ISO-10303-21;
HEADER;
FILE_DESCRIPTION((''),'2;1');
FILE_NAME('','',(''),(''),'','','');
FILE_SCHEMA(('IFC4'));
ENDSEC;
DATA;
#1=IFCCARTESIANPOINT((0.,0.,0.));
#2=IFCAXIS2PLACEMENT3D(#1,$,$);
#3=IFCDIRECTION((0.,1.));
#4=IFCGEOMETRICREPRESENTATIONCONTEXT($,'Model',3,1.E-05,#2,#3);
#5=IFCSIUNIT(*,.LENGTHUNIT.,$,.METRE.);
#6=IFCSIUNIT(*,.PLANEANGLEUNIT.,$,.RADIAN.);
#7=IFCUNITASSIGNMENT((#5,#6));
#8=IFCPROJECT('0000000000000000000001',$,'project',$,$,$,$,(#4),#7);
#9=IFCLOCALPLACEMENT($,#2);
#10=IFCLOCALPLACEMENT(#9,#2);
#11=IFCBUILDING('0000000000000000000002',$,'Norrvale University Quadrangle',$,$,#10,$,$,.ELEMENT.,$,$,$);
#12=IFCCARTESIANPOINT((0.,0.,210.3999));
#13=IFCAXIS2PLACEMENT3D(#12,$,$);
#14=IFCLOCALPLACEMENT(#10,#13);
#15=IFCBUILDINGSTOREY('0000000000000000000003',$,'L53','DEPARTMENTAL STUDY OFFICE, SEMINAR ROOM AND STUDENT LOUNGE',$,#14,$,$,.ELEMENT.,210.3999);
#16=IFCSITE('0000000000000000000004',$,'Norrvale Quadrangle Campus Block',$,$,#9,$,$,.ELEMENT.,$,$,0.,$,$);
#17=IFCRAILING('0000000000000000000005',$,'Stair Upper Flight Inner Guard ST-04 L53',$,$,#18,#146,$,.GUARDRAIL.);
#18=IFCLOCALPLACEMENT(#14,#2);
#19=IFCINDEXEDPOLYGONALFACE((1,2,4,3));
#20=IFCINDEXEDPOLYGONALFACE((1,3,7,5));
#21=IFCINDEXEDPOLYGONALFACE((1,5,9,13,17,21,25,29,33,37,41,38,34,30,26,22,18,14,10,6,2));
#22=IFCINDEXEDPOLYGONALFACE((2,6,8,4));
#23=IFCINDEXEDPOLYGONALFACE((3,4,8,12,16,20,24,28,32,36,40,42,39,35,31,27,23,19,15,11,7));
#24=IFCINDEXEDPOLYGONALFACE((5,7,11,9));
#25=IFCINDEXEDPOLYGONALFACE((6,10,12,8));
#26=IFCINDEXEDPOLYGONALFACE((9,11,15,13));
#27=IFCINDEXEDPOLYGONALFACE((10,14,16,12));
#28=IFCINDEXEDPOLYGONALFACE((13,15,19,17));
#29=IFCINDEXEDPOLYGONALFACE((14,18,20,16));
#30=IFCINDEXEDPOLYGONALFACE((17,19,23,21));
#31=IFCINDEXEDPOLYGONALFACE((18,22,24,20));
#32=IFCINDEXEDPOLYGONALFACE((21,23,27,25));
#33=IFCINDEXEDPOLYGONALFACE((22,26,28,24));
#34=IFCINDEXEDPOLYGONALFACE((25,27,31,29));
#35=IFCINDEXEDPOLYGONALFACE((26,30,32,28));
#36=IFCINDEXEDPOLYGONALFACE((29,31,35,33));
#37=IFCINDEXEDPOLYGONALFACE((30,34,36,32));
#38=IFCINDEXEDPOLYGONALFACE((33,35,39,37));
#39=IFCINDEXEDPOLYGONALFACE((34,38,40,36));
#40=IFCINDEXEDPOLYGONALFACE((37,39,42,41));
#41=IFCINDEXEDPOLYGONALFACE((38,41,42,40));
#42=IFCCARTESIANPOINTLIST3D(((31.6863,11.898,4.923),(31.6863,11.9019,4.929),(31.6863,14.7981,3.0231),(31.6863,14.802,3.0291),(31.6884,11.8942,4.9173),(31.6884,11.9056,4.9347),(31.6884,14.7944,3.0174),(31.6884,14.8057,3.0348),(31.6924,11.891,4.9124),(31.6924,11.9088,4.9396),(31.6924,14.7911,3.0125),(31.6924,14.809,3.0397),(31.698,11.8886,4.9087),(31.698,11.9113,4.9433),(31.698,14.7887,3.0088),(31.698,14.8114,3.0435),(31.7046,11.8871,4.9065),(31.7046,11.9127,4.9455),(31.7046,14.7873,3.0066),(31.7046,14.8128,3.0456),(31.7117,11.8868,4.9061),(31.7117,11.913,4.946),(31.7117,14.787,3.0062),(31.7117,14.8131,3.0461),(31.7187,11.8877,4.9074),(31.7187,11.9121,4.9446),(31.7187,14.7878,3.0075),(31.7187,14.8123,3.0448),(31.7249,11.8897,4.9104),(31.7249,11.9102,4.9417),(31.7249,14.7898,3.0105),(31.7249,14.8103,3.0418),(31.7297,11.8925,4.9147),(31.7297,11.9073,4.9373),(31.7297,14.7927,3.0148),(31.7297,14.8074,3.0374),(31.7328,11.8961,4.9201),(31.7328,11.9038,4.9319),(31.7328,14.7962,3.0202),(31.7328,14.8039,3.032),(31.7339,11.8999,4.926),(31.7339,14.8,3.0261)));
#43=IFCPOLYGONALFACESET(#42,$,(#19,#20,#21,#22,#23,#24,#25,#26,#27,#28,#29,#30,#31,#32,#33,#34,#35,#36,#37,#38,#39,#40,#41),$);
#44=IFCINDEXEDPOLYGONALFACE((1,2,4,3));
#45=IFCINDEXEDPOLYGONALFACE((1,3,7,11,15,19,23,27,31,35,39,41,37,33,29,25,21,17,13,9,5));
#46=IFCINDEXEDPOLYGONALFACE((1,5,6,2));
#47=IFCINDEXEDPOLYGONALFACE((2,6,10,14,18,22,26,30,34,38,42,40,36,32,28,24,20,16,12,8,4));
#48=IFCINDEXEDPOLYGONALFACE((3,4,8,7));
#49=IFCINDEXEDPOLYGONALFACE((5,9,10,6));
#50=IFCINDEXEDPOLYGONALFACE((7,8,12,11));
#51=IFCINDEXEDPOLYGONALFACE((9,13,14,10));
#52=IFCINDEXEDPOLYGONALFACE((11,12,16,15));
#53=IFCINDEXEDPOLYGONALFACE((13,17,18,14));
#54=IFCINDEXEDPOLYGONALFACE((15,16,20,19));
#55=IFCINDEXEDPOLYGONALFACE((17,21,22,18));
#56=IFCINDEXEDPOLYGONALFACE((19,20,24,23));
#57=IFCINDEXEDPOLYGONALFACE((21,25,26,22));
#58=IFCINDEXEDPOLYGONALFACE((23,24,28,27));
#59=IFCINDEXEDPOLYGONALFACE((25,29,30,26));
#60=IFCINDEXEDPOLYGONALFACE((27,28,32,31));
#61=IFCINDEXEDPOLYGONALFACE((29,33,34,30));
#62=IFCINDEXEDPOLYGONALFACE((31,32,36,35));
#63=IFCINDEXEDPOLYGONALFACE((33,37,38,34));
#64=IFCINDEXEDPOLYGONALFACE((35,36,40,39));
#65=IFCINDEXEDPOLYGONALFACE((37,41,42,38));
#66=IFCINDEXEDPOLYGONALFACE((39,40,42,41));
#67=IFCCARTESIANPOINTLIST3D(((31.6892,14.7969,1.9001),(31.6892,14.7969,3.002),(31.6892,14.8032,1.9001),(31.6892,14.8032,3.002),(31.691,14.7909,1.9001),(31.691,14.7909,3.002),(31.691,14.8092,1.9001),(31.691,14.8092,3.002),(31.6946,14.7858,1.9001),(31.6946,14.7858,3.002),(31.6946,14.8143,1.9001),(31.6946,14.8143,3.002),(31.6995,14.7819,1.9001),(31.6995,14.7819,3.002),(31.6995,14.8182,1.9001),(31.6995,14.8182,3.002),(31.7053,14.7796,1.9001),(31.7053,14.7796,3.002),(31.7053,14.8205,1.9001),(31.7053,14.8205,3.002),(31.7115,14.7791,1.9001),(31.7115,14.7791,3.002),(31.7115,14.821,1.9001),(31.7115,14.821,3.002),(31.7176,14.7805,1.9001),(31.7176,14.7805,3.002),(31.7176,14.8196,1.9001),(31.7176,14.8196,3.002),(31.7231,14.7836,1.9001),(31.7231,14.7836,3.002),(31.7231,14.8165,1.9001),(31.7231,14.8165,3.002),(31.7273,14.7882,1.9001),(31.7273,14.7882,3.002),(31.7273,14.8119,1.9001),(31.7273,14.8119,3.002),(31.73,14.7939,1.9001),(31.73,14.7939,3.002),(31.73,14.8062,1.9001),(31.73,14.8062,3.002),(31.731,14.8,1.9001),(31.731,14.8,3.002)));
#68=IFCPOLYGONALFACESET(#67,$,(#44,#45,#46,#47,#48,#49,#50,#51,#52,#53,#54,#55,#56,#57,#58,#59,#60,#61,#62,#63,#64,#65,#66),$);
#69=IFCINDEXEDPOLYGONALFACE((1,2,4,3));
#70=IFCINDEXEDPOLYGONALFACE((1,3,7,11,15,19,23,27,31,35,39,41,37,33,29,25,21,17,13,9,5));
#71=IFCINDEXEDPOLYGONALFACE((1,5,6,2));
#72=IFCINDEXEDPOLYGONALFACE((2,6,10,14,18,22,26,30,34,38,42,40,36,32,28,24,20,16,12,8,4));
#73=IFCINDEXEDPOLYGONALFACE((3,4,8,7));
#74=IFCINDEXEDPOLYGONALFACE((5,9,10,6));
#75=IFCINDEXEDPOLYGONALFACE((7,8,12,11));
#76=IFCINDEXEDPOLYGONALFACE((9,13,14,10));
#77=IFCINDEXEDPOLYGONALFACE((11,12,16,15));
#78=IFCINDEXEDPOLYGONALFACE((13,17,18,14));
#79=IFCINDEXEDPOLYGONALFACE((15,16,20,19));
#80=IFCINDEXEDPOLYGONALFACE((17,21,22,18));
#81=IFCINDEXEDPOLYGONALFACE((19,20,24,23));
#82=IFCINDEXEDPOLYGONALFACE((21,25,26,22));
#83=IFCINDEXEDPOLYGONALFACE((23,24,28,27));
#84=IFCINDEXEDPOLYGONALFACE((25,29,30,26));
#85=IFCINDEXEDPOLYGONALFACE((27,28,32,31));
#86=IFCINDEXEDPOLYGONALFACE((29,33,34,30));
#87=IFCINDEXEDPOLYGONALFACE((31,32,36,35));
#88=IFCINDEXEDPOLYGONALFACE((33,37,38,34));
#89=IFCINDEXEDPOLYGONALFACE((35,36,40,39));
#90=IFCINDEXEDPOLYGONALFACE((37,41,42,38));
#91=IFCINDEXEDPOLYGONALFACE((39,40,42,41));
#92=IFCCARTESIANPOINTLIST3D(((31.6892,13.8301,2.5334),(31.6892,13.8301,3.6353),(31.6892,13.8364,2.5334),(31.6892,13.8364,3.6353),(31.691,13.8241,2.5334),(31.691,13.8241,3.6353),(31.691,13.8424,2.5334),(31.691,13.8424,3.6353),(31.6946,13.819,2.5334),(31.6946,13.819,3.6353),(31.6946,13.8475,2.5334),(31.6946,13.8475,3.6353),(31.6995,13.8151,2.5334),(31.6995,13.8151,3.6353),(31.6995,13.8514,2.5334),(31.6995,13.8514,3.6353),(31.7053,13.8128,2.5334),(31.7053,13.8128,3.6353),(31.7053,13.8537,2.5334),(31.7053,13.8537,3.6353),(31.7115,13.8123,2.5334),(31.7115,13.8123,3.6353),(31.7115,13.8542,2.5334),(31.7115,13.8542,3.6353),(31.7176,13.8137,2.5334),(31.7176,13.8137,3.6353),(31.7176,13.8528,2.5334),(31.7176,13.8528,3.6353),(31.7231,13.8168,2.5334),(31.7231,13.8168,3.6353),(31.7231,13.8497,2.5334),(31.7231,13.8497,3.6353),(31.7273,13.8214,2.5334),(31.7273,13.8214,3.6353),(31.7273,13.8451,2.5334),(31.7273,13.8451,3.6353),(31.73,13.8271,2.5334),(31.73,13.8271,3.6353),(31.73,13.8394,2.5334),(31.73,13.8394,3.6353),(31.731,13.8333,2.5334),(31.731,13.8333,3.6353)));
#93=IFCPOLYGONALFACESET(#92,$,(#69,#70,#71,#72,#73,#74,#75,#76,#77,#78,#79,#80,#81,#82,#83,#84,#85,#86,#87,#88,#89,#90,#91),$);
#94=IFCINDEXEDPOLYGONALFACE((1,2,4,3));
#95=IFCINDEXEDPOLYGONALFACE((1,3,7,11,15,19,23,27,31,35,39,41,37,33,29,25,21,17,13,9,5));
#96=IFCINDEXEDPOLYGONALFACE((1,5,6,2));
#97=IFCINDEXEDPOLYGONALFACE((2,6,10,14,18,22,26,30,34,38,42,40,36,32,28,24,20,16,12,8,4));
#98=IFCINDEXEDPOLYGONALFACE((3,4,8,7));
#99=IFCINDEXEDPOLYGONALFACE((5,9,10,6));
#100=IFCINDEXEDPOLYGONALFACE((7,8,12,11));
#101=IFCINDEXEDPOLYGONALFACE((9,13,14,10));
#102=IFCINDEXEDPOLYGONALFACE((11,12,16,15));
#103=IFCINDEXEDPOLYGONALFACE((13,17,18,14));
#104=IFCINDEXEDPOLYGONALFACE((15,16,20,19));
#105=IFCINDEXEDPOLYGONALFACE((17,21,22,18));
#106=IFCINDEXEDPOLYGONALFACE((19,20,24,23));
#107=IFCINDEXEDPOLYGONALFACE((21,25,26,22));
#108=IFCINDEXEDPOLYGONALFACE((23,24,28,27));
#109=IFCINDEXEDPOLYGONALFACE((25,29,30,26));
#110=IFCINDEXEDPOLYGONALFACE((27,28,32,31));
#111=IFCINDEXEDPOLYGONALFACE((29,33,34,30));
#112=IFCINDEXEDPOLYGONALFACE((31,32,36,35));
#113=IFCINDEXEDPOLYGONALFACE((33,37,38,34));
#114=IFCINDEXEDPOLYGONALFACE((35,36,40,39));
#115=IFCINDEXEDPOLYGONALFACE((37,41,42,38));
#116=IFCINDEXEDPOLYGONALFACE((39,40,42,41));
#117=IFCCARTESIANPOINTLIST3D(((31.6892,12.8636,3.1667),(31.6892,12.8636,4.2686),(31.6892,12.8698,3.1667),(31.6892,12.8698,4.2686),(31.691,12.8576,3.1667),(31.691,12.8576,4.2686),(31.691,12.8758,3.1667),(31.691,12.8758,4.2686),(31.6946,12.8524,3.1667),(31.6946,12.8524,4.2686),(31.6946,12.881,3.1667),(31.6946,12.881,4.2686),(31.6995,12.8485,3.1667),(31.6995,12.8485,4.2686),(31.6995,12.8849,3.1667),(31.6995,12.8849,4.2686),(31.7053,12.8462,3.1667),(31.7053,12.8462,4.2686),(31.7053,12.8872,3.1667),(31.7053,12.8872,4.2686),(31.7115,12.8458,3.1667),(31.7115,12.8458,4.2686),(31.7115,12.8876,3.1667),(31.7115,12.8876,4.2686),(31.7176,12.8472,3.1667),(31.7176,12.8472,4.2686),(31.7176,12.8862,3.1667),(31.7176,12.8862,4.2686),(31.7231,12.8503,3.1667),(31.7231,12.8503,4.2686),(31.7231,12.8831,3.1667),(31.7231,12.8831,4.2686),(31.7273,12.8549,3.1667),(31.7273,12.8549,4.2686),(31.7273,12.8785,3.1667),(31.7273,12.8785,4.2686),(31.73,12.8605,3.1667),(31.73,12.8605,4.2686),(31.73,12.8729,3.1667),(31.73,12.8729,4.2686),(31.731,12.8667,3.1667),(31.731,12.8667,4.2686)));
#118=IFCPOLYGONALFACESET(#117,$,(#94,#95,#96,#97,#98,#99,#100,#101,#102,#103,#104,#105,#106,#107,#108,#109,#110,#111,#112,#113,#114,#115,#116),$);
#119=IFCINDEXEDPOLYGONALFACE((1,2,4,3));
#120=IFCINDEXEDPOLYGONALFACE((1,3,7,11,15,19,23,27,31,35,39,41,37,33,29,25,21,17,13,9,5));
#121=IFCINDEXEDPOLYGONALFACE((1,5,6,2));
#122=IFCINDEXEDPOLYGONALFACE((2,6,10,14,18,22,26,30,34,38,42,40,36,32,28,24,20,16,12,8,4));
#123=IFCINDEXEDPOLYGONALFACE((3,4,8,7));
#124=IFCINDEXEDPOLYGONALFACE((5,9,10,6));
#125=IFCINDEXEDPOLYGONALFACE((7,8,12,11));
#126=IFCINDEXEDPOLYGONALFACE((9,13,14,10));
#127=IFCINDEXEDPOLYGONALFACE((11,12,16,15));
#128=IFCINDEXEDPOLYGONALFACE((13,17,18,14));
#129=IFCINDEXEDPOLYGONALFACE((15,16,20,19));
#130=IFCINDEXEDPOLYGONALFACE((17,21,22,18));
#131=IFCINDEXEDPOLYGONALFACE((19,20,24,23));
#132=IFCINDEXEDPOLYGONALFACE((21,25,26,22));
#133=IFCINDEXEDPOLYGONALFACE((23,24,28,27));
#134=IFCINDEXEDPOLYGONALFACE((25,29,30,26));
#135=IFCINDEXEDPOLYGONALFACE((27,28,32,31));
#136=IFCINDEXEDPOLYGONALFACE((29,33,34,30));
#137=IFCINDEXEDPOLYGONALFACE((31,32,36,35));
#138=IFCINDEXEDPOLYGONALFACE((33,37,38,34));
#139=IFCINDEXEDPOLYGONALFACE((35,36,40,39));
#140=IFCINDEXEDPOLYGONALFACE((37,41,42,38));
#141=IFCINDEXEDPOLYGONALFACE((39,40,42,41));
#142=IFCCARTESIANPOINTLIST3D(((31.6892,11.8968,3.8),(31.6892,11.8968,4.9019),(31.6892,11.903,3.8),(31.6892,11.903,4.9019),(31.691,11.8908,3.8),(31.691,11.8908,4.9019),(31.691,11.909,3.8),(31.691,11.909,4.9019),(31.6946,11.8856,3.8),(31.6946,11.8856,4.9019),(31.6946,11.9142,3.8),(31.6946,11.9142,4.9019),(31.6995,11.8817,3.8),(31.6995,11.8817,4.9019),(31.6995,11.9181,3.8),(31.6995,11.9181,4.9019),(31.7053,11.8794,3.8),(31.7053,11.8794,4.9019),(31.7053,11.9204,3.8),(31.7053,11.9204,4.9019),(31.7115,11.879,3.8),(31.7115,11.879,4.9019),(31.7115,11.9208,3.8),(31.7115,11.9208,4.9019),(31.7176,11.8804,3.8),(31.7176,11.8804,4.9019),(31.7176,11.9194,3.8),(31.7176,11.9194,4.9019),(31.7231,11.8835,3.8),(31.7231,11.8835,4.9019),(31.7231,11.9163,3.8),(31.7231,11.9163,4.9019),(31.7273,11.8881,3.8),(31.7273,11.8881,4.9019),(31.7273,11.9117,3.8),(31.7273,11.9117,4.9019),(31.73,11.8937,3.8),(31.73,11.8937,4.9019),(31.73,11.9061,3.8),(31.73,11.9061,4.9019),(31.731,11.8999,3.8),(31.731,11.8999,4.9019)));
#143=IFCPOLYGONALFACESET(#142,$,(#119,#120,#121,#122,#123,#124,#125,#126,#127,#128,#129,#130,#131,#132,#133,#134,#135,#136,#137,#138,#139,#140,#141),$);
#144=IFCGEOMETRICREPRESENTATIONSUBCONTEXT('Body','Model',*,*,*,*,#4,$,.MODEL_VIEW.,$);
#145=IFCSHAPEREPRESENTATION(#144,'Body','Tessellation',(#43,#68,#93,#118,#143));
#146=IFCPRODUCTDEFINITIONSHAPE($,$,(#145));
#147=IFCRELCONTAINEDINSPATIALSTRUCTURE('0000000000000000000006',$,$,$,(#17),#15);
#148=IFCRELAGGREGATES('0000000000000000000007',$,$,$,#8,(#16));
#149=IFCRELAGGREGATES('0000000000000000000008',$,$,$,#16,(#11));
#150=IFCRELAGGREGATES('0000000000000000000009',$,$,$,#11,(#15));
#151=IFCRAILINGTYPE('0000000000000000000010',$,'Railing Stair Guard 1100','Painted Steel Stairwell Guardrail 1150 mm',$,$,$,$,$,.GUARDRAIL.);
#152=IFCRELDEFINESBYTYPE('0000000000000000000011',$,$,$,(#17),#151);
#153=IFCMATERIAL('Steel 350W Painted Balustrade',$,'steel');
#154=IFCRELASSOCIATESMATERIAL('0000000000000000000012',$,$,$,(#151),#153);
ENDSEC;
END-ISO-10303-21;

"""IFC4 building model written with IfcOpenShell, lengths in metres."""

from ifc_helpers import new_model, si_unit, direction, frame, origin, origin_2d, place, context, subcontext, project, spatial, circle, extrude, material, type_object, element, save


model = new_model("IFC4")

# Units and contexts
model_context = context("Model", 3, precision=1e-05, world=origin(), true_north=direction((0.0, 1.0)))
body_context = subcontext(model_context, "Body", "Model", "MODEL_VIEW")
ifc_project = project(units=[si_unit("LENGTHUNIT", "METRE"), si_unit("PLANEANGLEUNIT", "RADIAN")], contexts=[model_context])

# Site, building, storey
site_placement = place(None, origin())
site = spatial("IfcSite", under=ifc_project, at=site_placement, Name="Norrvale Quadrangle Campus Block", CompositionType="ELEMENT", RefElevation=0.0)
building_placement = place(site_placement, origin())
building = spatial("IfcBuilding", under=site, at=building_placement, Name="Norrvale University Quadrangle", CompositionType="ELEMENT")
storey_placement = place(building_placement, frame((0.0, 0.0, 210.3999)))
storey = spatial("IfcBuildingStorey", under=building, at=storey_placement, Name="L53", Description="DEPARTMENTAL STUDY OFFICE, SEMINAR ROOM AND STUDENT LOUNGE", CompositionType="ELEMENT", Elevation=210.3999)

# Railing
ifc_material_1 = material(Name="Steel 350W Painted Balustrade", Category="steel")
railing_type_1 = type_object("IfcRailingType", Name="Railing Stair Guard 1100", Description="Painted Steel Stairwell Guardrail 1150 mm", PredefinedType="GUARDRAIL", material=ifc_material_1)
railing_1_placement = place(storey_placement, frame((31.71, 14.8, 1.9001)))
element("IfcRailing", 1, at=railing_1_placement, inside=storey, type_object=railing_type_1, Name="Stair Upper Flight Inner Guard ST-04 L53", PredefinedType="GUARDRAIL", context=body_context, shape_type="SweptSolid", body=[
    extrude(circle(Radius=0.0239, at=origin_2d()), frame((0.0, 0.0, 1.126), z_axis=(0.0, -0.836487, 0.547987), x_axis=(1.0, 0.0, 0.0)), (0.0, 0.0, 1.0), 3.467),
    extrude(circle(Radius=0.021, at=origin_2d()), origin(), (0.0, 0.0, 1.0), 1.1018),
    extrude(circle(Radius=0.021, at=origin_2d()), frame((0.0, -0.9668, 0.6333)), (0.0, 0.0, 1.0), 1.1018),
    extrude(circle(Radius=0.021, at=origin_2d()), frame((0.0, -1.9333, 1.2666)), (0.0, 0.0, 1.0), 1.1018),
    extrude(circle(Radius=0.021, at=origin_2d()), frame((0.0, -2.9001, 1.8999)), (0.0, 0.0, 1.0), 1.1018),
])

save(model, "model.ifc")
